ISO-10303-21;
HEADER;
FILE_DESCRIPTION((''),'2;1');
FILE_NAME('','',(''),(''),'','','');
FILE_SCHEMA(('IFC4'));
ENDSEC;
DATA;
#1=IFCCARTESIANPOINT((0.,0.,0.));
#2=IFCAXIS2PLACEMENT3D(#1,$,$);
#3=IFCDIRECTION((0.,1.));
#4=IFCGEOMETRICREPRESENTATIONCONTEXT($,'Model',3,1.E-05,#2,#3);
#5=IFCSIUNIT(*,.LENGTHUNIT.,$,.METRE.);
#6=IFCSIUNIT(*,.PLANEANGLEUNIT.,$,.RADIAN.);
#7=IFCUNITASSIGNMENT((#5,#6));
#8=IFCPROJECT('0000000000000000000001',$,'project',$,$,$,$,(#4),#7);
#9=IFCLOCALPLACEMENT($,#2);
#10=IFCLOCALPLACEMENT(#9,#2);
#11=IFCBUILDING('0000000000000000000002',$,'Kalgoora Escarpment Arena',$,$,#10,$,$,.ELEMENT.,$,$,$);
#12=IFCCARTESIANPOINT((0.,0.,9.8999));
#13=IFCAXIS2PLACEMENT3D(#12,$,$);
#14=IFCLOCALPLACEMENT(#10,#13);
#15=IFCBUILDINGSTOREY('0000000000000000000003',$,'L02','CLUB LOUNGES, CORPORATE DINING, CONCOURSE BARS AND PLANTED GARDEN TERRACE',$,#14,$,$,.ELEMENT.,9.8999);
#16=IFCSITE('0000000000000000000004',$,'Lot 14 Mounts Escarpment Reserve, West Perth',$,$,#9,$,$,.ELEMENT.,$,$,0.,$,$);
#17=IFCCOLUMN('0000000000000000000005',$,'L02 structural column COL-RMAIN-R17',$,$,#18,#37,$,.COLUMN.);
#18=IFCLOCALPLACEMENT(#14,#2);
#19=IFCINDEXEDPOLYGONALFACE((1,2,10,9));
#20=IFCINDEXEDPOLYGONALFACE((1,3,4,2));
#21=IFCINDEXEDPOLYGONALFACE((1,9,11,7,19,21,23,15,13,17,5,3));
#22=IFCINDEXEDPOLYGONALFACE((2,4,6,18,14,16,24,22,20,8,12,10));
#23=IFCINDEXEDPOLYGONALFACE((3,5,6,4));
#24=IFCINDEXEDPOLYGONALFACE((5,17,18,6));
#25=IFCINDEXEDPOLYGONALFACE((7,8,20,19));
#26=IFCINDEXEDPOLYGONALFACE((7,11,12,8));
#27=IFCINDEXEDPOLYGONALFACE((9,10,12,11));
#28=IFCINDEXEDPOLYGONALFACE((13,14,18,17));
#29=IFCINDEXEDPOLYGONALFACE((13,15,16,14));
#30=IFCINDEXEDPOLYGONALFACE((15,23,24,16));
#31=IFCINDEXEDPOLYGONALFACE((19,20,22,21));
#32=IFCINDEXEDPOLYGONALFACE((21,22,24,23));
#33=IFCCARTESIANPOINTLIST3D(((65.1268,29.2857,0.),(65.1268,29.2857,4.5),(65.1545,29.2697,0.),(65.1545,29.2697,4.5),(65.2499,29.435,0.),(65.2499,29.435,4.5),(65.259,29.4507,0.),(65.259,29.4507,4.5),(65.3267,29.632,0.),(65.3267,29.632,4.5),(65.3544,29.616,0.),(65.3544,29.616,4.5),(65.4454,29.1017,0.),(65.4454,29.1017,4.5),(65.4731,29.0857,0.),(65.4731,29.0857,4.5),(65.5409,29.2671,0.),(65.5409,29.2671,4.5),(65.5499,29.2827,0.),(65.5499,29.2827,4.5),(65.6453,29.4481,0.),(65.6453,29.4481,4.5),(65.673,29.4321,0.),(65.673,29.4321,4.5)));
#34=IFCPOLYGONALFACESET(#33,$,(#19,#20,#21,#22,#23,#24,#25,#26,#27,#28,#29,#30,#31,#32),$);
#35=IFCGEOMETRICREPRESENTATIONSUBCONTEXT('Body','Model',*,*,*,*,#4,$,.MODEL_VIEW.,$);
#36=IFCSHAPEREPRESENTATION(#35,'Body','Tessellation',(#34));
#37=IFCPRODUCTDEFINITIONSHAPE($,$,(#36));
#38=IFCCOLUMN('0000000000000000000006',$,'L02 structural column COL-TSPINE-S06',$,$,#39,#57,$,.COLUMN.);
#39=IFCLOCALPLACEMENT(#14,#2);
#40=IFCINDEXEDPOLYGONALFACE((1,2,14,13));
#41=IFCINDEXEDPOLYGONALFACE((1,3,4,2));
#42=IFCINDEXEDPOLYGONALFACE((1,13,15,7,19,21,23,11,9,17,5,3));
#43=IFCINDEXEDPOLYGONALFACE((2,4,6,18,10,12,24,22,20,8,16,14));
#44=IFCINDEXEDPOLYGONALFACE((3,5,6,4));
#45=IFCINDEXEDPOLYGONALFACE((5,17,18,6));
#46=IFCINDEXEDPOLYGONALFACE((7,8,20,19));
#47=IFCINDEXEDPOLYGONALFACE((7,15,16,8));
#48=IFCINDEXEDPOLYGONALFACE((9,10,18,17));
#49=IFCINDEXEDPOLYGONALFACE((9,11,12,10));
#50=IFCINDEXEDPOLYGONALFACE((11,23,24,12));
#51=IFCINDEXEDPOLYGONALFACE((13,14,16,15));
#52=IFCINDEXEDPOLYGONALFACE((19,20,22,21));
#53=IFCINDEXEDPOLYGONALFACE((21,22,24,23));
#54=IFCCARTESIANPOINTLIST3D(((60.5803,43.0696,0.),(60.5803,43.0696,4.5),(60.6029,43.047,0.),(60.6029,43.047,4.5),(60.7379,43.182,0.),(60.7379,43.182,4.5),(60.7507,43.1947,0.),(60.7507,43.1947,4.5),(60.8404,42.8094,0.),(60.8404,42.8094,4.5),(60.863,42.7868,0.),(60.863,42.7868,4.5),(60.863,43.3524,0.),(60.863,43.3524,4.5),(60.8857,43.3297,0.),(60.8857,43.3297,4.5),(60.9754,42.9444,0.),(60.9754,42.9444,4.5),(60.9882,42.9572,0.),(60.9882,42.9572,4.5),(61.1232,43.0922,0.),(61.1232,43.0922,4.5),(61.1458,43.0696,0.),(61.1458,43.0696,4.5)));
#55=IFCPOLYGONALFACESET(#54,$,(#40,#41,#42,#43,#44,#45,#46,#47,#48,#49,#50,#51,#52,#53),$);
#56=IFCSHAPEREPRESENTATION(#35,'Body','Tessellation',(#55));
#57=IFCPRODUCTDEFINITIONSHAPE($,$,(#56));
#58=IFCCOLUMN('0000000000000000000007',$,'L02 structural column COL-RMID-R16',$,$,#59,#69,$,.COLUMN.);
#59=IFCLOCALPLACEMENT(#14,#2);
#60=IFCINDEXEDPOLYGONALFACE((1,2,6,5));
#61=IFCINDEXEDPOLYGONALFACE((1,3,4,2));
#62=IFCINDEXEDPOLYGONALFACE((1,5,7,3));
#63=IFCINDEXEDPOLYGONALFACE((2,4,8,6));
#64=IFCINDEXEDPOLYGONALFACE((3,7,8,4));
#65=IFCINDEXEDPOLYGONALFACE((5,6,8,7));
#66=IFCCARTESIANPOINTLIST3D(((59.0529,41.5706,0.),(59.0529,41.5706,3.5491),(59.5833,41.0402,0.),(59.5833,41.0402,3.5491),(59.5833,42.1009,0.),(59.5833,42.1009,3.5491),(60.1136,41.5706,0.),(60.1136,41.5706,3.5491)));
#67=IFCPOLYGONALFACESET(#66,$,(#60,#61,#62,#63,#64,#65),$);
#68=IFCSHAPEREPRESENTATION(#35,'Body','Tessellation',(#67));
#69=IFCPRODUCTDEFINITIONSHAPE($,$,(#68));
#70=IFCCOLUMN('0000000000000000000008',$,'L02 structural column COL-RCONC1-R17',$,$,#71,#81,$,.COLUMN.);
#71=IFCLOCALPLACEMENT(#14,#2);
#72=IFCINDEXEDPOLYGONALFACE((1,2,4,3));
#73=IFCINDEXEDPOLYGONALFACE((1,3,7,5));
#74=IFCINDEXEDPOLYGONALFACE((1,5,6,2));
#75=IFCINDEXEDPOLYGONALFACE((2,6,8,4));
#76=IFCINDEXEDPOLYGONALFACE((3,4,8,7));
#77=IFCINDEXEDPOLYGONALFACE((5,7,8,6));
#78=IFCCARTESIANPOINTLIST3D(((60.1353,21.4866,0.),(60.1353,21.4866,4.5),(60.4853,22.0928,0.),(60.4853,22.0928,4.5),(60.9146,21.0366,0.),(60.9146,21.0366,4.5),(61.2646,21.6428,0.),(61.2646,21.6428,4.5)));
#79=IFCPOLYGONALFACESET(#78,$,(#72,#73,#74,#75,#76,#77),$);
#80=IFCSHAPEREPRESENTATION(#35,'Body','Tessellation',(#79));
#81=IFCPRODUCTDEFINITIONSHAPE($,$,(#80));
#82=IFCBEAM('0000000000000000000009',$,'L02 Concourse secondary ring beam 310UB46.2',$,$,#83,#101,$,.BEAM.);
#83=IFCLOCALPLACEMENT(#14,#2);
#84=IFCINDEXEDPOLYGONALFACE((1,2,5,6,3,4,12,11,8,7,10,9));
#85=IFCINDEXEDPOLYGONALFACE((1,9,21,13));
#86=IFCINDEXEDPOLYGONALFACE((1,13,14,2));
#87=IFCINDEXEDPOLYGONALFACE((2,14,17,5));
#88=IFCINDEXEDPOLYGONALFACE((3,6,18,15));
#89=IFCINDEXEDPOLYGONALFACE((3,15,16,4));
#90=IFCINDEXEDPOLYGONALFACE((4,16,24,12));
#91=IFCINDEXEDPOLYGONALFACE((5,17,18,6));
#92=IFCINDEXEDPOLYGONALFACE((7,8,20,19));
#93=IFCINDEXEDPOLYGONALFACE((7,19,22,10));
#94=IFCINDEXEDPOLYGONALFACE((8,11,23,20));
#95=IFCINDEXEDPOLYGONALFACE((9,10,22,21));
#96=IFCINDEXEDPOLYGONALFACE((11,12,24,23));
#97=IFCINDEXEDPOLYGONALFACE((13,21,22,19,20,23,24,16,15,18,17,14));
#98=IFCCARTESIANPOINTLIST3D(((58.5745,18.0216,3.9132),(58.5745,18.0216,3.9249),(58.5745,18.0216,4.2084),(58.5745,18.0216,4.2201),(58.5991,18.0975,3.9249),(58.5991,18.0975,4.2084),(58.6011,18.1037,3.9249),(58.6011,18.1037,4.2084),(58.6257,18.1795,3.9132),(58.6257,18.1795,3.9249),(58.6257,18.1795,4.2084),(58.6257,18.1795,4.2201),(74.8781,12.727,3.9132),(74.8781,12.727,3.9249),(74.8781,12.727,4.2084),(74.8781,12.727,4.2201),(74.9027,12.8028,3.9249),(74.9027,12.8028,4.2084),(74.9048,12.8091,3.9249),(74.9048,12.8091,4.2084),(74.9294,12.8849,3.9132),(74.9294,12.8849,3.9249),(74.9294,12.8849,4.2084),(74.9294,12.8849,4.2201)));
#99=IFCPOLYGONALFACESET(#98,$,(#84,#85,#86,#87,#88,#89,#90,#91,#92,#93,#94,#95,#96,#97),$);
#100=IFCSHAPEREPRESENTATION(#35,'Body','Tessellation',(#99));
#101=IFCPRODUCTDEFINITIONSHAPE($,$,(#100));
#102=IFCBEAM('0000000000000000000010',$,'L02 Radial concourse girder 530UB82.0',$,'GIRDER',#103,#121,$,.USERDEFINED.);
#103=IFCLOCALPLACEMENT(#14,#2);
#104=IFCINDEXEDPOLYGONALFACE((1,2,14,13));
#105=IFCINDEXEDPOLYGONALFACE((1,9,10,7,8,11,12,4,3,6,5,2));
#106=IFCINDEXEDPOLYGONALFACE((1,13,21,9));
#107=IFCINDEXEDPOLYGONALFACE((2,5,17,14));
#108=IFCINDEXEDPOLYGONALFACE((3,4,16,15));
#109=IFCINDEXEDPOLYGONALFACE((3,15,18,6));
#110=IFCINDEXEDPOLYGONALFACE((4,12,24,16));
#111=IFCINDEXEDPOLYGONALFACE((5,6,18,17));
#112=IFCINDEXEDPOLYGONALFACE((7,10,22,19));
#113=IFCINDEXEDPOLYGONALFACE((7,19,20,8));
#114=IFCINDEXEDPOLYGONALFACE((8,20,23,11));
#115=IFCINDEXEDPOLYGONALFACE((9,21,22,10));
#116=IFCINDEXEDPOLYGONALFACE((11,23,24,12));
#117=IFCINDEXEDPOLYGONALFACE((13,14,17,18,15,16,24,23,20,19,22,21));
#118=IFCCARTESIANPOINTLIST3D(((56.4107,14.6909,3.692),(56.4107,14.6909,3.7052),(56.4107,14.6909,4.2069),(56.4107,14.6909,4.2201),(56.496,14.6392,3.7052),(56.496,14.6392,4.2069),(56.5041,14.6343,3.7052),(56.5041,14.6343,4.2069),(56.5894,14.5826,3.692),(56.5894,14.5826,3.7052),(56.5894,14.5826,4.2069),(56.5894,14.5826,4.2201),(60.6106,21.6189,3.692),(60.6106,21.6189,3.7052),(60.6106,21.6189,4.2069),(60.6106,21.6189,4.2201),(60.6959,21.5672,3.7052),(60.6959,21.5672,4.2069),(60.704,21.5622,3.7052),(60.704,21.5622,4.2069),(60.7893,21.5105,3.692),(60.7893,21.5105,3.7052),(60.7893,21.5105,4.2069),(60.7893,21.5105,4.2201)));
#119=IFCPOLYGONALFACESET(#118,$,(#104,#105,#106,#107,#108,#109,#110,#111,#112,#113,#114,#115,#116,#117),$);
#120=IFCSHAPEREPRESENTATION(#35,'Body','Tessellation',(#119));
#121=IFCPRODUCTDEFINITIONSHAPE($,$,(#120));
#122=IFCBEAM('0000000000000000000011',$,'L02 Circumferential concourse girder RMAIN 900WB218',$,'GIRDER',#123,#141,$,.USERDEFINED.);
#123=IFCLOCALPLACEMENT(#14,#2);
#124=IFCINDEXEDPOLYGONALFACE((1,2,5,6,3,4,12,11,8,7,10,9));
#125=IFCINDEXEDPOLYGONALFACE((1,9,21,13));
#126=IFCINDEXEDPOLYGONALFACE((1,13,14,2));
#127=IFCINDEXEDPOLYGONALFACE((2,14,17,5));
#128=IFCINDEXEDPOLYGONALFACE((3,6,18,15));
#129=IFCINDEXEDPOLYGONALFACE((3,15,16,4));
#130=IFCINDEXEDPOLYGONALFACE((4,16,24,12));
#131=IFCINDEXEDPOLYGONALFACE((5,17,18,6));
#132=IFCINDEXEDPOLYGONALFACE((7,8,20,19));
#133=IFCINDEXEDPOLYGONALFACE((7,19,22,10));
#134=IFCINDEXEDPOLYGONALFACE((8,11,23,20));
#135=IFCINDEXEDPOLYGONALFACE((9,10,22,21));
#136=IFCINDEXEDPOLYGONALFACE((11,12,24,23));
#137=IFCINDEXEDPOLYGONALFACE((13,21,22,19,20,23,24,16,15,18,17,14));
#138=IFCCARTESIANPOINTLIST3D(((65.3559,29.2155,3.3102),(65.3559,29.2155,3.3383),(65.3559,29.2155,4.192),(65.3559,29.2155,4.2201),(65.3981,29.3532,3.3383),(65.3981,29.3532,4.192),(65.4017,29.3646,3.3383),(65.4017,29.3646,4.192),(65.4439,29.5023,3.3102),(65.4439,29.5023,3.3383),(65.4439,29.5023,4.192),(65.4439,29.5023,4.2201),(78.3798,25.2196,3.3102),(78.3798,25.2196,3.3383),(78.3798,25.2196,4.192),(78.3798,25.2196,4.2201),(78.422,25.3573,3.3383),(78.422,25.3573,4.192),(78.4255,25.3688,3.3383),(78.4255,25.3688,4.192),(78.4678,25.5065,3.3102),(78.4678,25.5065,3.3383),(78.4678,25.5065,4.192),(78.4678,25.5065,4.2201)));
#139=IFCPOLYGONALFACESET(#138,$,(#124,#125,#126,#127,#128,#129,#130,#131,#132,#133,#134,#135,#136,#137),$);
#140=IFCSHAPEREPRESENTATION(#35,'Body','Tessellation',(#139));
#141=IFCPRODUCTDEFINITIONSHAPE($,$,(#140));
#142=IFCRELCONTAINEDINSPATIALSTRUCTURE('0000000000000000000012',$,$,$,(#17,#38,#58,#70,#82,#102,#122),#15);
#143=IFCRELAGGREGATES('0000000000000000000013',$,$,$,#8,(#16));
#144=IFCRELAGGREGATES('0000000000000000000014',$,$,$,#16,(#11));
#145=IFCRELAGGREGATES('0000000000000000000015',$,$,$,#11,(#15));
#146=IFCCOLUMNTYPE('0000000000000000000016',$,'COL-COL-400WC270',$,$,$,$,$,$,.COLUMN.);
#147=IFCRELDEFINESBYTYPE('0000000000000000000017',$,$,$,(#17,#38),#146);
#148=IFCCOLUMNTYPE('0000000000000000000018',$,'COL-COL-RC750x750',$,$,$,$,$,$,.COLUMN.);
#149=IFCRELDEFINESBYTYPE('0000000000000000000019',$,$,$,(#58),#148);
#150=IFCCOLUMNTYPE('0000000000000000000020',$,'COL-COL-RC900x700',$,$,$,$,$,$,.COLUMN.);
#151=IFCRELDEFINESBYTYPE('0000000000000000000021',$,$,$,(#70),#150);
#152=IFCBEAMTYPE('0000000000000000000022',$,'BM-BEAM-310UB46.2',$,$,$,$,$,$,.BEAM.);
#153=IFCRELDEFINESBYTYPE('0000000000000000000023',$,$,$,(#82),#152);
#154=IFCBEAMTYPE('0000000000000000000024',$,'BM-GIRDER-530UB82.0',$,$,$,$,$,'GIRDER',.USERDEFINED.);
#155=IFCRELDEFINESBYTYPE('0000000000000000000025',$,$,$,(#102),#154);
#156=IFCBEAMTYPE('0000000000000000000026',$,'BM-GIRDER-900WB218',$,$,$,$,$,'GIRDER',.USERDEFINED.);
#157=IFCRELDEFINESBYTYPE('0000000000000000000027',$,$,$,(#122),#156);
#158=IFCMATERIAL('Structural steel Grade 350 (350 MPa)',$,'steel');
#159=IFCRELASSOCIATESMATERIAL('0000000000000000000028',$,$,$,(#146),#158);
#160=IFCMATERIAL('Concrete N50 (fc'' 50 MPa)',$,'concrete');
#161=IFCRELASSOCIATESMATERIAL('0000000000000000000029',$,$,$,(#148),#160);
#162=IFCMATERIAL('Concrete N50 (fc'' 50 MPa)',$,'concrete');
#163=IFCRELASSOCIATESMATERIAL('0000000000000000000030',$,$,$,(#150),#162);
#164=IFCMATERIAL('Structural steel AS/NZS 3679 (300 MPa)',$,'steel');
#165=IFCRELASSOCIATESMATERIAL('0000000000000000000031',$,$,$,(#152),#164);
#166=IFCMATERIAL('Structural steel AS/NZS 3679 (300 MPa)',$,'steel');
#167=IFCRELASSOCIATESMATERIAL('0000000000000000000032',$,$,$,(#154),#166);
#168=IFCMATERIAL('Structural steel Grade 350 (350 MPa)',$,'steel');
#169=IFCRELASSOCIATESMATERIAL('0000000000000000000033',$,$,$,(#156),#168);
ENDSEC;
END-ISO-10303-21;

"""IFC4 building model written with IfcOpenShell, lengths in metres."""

from ifc_helpers import new_model, si_unit, direction, frame, origin, origin_2d, place, context, subcontext, project, spatial, rectangle, i_section, extrude, material, material_profile, profile_set, type_object, element, save


model = new_model("IFC4")

# Units and contexts
model_context = context("Model", 3, precision=1e-05, world=origin(), true_north=direction((0.0, 1.0)))
body_context = subcontext(model_context, "Body", "Model", "MODEL_VIEW")
ifc_project = project(units=[si_unit("LENGTHUNIT", "METRE"), si_unit("PLANEANGLEUNIT", "RADIAN")], contexts=[model_context])

# Site, building, storey
site_placement = place(None, origin())
site = spatial("IfcSite", under=ifc_project, at=site_placement, Name="Lot 14 Mounts Escarpment Reserve, West Perth", CompositionType="ELEMENT", RefElevation=0.0)
building_placement = place(site_placement, origin())
building = spatial("IfcBuilding", under=site, at=building_placement, Name="Kalgoora Escarpment Arena", CompositionType="ELEMENT")
storey_placement = place(building_placement, frame((0.0, 0.0, 9.8999)))
storey = spatial("IfcBuildingStorey", under=building, at=storey_placement, Name="L02", Description="CLUB LOUNGES, CORPORATE DINING, CONCOURSE BARS AND PLANTED GARDEN TERRACE", CompositionType="ELEMENT", Elevation=9.8999)

# Columns
ifc_material_1 = material(Name="Structural steel Grade 350 (350 MPa)", Category="steel")
ifc_material_profile_1 = material_profile(ifc_material_1, i_section(OverallWidth=0.3999, OverallDepth=0.3999, WebThickness=0.0181, FlangeThickness=0.032, at=origin_2d()))
ifc_profile_set_1 = profile_set([ifc_material_profile_1], Name="Structural steel Grade 350 (350 MPa)")
column_type_1 = type_object("IfcColumnType", Name="COL-COL-400WC270", PredefinedType="COLUMN", material=ifc_profile_set_1)
for number, where, z_axis, x_axis, name in (
    (1, (65.3999, 29.3589, 0.0), (0.0, 0.0, 1.0), (-0.5, -0.866025, 0.0), "L02 structural column COL-RMAIN-R17"),
    (2, (60.863, 43.0696, 0.0), (0.0, 0.0, 1.0), (-0.707107, -0.707107, 0.0), "L02 structural column COL-TSPINE-S06"),
):
    element("IfcColumn", number, at=place(storey_placement, frame(where, z_axis=z_axis, x_axis=x_axis)), inside=storey, type_object=column_type_1, Name=name, PredefinedType="COLUMN", context=body_context, shape_type="SweptSolid", body=[
        extrude(i_section(OverallWidth=0.3999, OverallDepth=0.3999, WebThickness=0.0181, FlangeThickness=0.032, at=origin_2d()), origin(), (0.0, 0.0, 1.0), 4.5),
    ])
ifc_material_2 = material(Name="Concrete N50 (fc' 50 MPa)", Category="concrete")
ifc_material_profile_2 = material_profile(ifc_material_2, rectangle(XDim=0.75, YDim=0.75, at=origin_2d()))
ifc_profile_set_2 = profile_set([ifc_material_profile_2], Name="Concrete N50 (fc' 50 MPa)")
column_type_2 = type_object("IfcColumnType", Name="COL-COL-RC750x750", PredefinedType="COLUMN", material=ifc_profile_set_2)
column_1_placement = place(storey_placement, frame((59.5833, 41.5706, 0.0), z_axis=(0.0, 0.0, 1.0), x_axis=(-0.707107, -0.707107, 0.0)))
element("IfcColumn", 3, at=column_1_placement, inside=storey, type_object=column_type_2, Name="L02 structural column COL-RMID-R16", PredefinedType="COLUMN", context=body_context, shape_type="SweptSolid", body=[
    extrude(rectangle(XDim=0.75, YDim=0.75, at=origin_2d()), origin(), (0.0, 0.0, 1.0), 3.5491),
])
ifc_material_3 = material(Name="Concrete N50 (fc' 50 MPa)", Category="concrete")
ifc_material_profile_3 = material_profile(ifc_material_3, rectangle(XDim=0.7, YDim=0.8999, at=origin_2d()))
ifc_profile_set_3 = profile_set([ifc_material_profile_3], Name="Concrete N50 (fc' 50 MPa)")
column_type_3 = type_object("IfcColumnType", Name="COL-COL-RC900x700", PredefinedType="COLUMN", material=ifc_profile_set_3)
column_2_placement = place(storey_placement, frame((60.7, 21.5647, 0.0), z_axis=(0.0, 0.0, 1.0), x_axis=(-0.5, -0.866025, 0.0)))
element("IfcColumn", 4, at=column_2_placement, inside=storey, type_object=column_type_3, Name="L02 structural column COL-RCONC1-R17", PredefinedType="COLUMN", context=body_context, shape_type="SweptSolid", body=[
    extrude(rectangle(XDim=0.7, YDim=0.8999, at=origin_2d()), origin(), (0.0, 0.0, 1.0), 4.5),
])

# Beams
ifc_material_4 = material(Name="Structural steel AS/NZS 3679 (300 MPa)", Category="steel")
ifc_material_profile_4 = material_profile(ifc_material_4, i_section(OverallWidth=0.166, OverallDepth=0.3069, WebThickness=0.0066, FlangeThickness=0.0117, at=origin_2d()))
ifc_profile_set_4 = profile_set([ifc_material_profile_4], Name="Structural steel AS/NZS 3679 (300 MPa)")
beam_type_1 = type_object("IfcBeamType", Name="BM-BEAM-310UB46.2", PredefinedType="BEAM", material=ifc_profile_set_4)
beam_1_placement = place(storey_placement, frame((58.6001, 18.1006, 4.0667), z_axis=(0.951103, -0.308874, 0.0), x_axis=(0.308874, 0.951103, 0.0)))
element("IfcBeam", 5, at=beam_1_placement, inside=storey, type_object=beam_type_1, Name="L02 Concourse secondary ring beam 310UB46.2", PredefinedType="BEAM", context=body_context, shape_type="SweptSolid", body=[
    extrude(i_section(OverallWidth=0.166, OverallDepth=0.3069, WebThickness=0.0066, FlangeThickness=0.0117, at=origin_2d()), origin(), (0.0, 0.0, 1.0), 17.1418),
])
ifc_material_5 = material(Name="Structural steel AS/NZS 3679 (300 MPa)", Category="steel")
ifc_material_profile_5 = material_profile(ifc_material_5, i_section(OverallWidth=0.209, OverallDepth=0.5281, WebThickness=0.0095, FlangeThickness=0.0132, at=origin_2d()))
ifc_profile_set_5 = profile_set([ifc_material_profile_5], Name="Structural steel AS/NZS 3679 (300 MPa)")
beam_type_2 = type_object("IfcBeamType", Name="BM-GIRDER-530UB82.0", ElementType="GIRDER", PredefinedType="USERDEFINED", material=ifc_profile_set_5)
beam_2_placement = place(storey_placement, frame((60.7, 21.5647, 3.9561), z_axis=(-0.518408, -0.855133, 0.0), x_axis=(0.855133, -0.518408, 0.0)))
element("IfcBeam", 6, at=beam_2_placement, inside=storey, type_object=beam_type_2, Name="L02 Radial concourse girder 530UB82.0", ObjectType="GIRDER", PredefinedType="USERDEFINED", context=body_context, shape_type="SweptSolid", body=[
    extrude(i_section(OverallWidth=0.209, OverallDepth=0.5281, WebThickness=0.0095, FlangeThickness=0.0132, at=origin_2d()), origin(), (0.0, 0.0, 1.0), 8.1016),
])
ifc_material_6 = material(Name="Structural steel Grade 350 (350 MPa)", Category="steel")
ifc_material_profile_6 = material_profile(ifc_material_6, i_section(OverallWidth=0.3, OverallDepth=0.9099, WebThickness=0.012, FlangeThickness=0.0281, at=origin_2d()))
ifc_profile_set_6 = profile_set([ifc_material_profile_6], Name="Structural steel Grade 350 (350 MPa)")
beam_type_3 = type_object("IfcBeamType", Name="BM-GIRDER-900WB218", ElementType="GIRDER", PredefinedType="USERDEFINED", material=ifc_profile_set_6)
beam_3_placement = place(storey_placement, frame((65.3999, 29.3589, 3.7651), z_axis=(0.956016, -0.293314, 0.0), x_axis=(0.293314, 0.956016, 0.0)))
element("IfcBeam", 7, at=beam_3_placement, inside=storey, type_object=beam_type_3, Name="L02 Circumferential concourse girder RMAIN 900WB218", ObjectType="GIRDER", PredefinedType="USERDEFINED", context=body_context, shape_type="SweptSolid", body=[
    extrude(i_section(OverallWidth=0.3, OverallDepth=0.9099, WebThickness=0.012, FlangeThickness=0.0281, at=origin_2d()), origin(), (0.0, 0.0, 1.0), 13.623),
])

save(model, "model.ifc")
